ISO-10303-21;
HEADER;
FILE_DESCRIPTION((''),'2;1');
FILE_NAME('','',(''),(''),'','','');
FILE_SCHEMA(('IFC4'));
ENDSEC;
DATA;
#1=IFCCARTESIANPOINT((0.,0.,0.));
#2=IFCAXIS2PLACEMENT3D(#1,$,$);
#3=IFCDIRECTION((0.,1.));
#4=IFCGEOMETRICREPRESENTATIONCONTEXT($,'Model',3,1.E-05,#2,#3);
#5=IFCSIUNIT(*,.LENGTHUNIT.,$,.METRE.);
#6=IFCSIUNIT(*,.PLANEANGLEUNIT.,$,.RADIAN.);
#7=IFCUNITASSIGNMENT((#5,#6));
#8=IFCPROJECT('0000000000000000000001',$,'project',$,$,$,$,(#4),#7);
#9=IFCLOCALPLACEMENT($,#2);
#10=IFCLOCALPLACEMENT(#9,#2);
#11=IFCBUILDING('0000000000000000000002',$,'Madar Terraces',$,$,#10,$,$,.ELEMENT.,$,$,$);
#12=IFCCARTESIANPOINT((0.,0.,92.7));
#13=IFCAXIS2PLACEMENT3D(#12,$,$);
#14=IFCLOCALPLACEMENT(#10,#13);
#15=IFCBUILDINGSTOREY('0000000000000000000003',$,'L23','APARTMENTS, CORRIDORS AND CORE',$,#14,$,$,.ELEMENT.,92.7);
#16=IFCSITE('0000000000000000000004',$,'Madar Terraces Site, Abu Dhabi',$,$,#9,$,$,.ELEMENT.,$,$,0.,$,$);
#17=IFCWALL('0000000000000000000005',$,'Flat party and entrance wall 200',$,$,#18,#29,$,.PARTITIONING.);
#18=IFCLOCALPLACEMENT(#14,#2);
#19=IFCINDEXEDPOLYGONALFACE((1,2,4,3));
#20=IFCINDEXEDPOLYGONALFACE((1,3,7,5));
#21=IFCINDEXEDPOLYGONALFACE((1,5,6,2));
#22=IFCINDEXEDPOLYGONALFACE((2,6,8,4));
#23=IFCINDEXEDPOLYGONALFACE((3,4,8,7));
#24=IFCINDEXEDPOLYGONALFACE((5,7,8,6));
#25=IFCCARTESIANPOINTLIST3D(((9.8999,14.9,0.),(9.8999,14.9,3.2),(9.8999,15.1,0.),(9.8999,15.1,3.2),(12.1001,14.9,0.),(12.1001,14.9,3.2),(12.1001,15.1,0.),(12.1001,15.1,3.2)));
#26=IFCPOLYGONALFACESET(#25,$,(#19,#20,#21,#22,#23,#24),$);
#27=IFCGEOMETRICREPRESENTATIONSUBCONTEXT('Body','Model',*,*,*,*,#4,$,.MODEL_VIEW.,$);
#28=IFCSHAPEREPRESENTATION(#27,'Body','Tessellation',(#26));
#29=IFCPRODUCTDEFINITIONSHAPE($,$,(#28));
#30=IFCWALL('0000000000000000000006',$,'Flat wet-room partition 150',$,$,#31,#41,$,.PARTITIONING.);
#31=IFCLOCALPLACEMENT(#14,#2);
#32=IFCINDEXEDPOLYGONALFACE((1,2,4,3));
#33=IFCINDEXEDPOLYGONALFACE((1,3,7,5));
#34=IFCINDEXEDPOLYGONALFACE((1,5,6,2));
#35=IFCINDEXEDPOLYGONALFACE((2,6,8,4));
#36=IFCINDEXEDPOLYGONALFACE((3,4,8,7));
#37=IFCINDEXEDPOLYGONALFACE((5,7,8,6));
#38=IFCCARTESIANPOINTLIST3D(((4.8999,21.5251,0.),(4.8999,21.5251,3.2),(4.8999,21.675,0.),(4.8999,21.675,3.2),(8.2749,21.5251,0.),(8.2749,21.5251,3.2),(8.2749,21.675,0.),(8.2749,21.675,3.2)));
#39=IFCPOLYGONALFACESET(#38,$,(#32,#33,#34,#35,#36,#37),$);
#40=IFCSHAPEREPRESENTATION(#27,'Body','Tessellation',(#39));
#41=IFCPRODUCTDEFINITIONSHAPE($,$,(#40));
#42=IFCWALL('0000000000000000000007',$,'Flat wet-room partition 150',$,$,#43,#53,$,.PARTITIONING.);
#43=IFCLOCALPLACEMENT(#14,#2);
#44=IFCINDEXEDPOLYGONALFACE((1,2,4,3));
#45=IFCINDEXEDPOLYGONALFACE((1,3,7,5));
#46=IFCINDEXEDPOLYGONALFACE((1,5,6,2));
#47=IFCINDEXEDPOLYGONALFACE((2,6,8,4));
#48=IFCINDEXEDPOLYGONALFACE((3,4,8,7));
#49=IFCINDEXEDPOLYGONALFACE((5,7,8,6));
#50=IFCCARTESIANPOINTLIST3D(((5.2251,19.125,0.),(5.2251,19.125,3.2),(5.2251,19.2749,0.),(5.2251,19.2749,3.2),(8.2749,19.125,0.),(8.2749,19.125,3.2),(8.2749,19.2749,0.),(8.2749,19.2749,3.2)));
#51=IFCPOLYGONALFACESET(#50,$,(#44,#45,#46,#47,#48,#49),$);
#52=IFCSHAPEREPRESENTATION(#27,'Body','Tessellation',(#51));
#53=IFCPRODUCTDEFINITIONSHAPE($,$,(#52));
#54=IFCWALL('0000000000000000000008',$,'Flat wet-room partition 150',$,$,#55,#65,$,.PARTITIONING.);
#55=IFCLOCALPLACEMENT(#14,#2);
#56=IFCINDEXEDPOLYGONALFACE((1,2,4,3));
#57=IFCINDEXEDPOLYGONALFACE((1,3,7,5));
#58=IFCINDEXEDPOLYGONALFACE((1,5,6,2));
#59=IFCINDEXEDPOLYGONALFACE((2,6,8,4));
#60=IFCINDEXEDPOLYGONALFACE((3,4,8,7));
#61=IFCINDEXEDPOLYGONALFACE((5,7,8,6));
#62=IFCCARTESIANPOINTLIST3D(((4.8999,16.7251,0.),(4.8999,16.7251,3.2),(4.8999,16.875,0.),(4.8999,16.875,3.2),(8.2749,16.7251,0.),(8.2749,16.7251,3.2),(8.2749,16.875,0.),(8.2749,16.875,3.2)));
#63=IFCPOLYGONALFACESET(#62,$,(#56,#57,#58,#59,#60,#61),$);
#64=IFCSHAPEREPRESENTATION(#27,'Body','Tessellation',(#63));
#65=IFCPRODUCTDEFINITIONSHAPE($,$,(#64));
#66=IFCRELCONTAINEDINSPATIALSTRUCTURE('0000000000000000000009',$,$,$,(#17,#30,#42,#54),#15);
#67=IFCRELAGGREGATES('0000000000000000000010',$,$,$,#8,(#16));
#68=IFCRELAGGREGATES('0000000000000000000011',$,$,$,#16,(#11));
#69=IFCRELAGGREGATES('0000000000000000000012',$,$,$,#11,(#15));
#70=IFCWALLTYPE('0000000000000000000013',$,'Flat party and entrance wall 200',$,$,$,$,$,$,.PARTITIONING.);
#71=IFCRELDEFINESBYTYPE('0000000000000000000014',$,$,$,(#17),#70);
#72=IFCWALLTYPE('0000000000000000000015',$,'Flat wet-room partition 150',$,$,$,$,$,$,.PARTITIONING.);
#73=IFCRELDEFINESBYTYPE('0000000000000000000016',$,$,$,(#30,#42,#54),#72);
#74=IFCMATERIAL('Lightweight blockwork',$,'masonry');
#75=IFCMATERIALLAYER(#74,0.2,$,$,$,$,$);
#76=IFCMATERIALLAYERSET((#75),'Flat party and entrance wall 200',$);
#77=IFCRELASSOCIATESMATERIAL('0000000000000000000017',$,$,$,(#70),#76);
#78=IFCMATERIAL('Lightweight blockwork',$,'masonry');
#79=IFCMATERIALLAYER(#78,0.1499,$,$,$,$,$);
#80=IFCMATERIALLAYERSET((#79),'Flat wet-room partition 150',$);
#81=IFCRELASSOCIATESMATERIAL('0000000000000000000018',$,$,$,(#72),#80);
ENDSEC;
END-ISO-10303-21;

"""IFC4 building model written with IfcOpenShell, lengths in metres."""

from ifc_helpers import new_model, si_unit, direction, frame, frame_2d, origin, place, context, subcontext, project, spatial, rectangle, extrude, material, layer, layer_set, type_object, element, save


model = new_model("IFC4")

# Units and contexts
model_context = context("Model", 3, precision=1e-05, world=origin(), true_north=direction((0.0, 1.0)))
body_context = subcontext(model_context, "Body", "Model", "MODEL_VIEW")
ifc_project = project(units=[si_unit("LENGTHUNIT", "METRE"), si_unit("PLANEANGLEUNIT", "RADIAN")], contexts=[model_context])

# Site, building, storey
site_placement = place(None, origin())
site = spatial("IfcSite", under=ifc_project, at=site_placement, Name="Madar Terraces Site, Abu Dhabi", CompositionType="ELEMENT", RefElevation=0.0)
building_placement = place(site_placement, origin())
building = spatial("IfcBuilding", under=site, at=building_placement, Name="Madar Terraces", CompositionType="ELEMENT")
storey_placement = place(building_placement, frame((0.0, 0.0, 92.7)))
storey = spatial("IfcBuildingStorey", under=building, at=storey_placement, Name="L23", Description="APARTMENTS, CORRIDORS AND CORE", CompositionType="ELEMENT", Elevation=92.7)

# Shared definitions
ifc_material_1 = material(Name="Lightweight blockwork", Category="masonry")
ifc_layer_1 = layer(ifc_material_1, 0.2)
ifc_layer_set_1 = layer_set([ifc_layer_1], Name="Flat party and entrance wall 200")
wall_type_1 = type_object("IfcWallType", Name="Flat party and entrance wall 200", PredefinedType="PARTITIONING", material=ifc_layer_set_1)

# Walls
wall_1_placement = place(storey_placement, frame((9.8999, 15.0, 0.0), z_axis=(0.0, 0.0, 1.0), x_axis=(1.0, 0.0, 0.0)))
element("IfcWall", 1, at=wall_1_placement, inside=storey, type_object=wall_type_1, Name="Flat party and entrance wall 200", PredefinedType="PARTITIONING", context=body_context, shape_type="SweptSolid", body=[
    extrude(rectangle(XDim=2.2002, YDim=0.2, at=frame_2d((1.1001, 0.0))), origin(), (0.0, 0.0, 1.0), 3.2),
])
ifc_material_2 = material(Name="Lightweight blockwork", Category="masonry")
ifc_layer_2 = layer(ifc_material_2, 0.1499)
ifc_layer_set_2 = layer_set([ifc_layer_2], Name="Flat wet-room partition 150")
wall_type_2 = type_object("IfcWallType", Name="Flat wet-room partition 150", PredefinedType="PARTITIONING", material=ifc_layer_set_2)
wall_2_placement = place(storey_placement, frame((8.2749, 21.6001, 0.0), z_axis=(0.0, 0.0, 1.0), x_axis=(-1.0, 0.0, 0.0)))
element("IfcWall", 2, at=wall_2_placement, inside=storey, type_object=wall_type_2, Name="Flat wet-room partition 150", PredefinedType="PARTITIONING", context=body_context, shape_type="SweptSolid", body=[
    extrude(rectangle(XDim=3.375, YDim=0.1499, at=frame_2d((1.6875, 0.0))), origin(), (0.0, 0.0, 1.0), 3.2),
])
wall_3_placement = place(storey_placement, frame((8.2749, 19.2, 0.0), z_axis=(0.0, 0.0, 1.0), x_axis=(-1.0, 0.0, 0.0)))
element("IfcWall", 3, at=wall_3_placement, inside=storey, type_object=wall_type_2, Name="Flat wet-room partition 150", PredefinedType="PARTITIONING", context=body_context, shape_type="SweptSolid", body=[
    extrude(rectangle(XDim=3.0498, YDim=0.1499, at=frame_2d((1.5249, 0.0))), origin(), (0.0, 0.0, 1.0), 3.2),
])
wall_4_placement = place(storey_placement, frame((8.2749, 16.8, 0.0), z_axis=(0.0, 0.0, 1.0), x_axis=(-1.0, 0.0, 0.0)))
element("IfcWall", 4, at=wall_4_placement, inside=storey, type_object=wall_type_2, Name="Flat wet-room partition 150", PredefinedType="PARTITIONING", context=body_context, shape_type="SweptSolid", body=[
    extrude(rectangle(XDim=3.375, YDim=0.1499, at=frame_2d((1.6875, 0.0))), origin(), (0.0, 0.0, 1.0), 3.2),
])

save(model, "model.ifc")
